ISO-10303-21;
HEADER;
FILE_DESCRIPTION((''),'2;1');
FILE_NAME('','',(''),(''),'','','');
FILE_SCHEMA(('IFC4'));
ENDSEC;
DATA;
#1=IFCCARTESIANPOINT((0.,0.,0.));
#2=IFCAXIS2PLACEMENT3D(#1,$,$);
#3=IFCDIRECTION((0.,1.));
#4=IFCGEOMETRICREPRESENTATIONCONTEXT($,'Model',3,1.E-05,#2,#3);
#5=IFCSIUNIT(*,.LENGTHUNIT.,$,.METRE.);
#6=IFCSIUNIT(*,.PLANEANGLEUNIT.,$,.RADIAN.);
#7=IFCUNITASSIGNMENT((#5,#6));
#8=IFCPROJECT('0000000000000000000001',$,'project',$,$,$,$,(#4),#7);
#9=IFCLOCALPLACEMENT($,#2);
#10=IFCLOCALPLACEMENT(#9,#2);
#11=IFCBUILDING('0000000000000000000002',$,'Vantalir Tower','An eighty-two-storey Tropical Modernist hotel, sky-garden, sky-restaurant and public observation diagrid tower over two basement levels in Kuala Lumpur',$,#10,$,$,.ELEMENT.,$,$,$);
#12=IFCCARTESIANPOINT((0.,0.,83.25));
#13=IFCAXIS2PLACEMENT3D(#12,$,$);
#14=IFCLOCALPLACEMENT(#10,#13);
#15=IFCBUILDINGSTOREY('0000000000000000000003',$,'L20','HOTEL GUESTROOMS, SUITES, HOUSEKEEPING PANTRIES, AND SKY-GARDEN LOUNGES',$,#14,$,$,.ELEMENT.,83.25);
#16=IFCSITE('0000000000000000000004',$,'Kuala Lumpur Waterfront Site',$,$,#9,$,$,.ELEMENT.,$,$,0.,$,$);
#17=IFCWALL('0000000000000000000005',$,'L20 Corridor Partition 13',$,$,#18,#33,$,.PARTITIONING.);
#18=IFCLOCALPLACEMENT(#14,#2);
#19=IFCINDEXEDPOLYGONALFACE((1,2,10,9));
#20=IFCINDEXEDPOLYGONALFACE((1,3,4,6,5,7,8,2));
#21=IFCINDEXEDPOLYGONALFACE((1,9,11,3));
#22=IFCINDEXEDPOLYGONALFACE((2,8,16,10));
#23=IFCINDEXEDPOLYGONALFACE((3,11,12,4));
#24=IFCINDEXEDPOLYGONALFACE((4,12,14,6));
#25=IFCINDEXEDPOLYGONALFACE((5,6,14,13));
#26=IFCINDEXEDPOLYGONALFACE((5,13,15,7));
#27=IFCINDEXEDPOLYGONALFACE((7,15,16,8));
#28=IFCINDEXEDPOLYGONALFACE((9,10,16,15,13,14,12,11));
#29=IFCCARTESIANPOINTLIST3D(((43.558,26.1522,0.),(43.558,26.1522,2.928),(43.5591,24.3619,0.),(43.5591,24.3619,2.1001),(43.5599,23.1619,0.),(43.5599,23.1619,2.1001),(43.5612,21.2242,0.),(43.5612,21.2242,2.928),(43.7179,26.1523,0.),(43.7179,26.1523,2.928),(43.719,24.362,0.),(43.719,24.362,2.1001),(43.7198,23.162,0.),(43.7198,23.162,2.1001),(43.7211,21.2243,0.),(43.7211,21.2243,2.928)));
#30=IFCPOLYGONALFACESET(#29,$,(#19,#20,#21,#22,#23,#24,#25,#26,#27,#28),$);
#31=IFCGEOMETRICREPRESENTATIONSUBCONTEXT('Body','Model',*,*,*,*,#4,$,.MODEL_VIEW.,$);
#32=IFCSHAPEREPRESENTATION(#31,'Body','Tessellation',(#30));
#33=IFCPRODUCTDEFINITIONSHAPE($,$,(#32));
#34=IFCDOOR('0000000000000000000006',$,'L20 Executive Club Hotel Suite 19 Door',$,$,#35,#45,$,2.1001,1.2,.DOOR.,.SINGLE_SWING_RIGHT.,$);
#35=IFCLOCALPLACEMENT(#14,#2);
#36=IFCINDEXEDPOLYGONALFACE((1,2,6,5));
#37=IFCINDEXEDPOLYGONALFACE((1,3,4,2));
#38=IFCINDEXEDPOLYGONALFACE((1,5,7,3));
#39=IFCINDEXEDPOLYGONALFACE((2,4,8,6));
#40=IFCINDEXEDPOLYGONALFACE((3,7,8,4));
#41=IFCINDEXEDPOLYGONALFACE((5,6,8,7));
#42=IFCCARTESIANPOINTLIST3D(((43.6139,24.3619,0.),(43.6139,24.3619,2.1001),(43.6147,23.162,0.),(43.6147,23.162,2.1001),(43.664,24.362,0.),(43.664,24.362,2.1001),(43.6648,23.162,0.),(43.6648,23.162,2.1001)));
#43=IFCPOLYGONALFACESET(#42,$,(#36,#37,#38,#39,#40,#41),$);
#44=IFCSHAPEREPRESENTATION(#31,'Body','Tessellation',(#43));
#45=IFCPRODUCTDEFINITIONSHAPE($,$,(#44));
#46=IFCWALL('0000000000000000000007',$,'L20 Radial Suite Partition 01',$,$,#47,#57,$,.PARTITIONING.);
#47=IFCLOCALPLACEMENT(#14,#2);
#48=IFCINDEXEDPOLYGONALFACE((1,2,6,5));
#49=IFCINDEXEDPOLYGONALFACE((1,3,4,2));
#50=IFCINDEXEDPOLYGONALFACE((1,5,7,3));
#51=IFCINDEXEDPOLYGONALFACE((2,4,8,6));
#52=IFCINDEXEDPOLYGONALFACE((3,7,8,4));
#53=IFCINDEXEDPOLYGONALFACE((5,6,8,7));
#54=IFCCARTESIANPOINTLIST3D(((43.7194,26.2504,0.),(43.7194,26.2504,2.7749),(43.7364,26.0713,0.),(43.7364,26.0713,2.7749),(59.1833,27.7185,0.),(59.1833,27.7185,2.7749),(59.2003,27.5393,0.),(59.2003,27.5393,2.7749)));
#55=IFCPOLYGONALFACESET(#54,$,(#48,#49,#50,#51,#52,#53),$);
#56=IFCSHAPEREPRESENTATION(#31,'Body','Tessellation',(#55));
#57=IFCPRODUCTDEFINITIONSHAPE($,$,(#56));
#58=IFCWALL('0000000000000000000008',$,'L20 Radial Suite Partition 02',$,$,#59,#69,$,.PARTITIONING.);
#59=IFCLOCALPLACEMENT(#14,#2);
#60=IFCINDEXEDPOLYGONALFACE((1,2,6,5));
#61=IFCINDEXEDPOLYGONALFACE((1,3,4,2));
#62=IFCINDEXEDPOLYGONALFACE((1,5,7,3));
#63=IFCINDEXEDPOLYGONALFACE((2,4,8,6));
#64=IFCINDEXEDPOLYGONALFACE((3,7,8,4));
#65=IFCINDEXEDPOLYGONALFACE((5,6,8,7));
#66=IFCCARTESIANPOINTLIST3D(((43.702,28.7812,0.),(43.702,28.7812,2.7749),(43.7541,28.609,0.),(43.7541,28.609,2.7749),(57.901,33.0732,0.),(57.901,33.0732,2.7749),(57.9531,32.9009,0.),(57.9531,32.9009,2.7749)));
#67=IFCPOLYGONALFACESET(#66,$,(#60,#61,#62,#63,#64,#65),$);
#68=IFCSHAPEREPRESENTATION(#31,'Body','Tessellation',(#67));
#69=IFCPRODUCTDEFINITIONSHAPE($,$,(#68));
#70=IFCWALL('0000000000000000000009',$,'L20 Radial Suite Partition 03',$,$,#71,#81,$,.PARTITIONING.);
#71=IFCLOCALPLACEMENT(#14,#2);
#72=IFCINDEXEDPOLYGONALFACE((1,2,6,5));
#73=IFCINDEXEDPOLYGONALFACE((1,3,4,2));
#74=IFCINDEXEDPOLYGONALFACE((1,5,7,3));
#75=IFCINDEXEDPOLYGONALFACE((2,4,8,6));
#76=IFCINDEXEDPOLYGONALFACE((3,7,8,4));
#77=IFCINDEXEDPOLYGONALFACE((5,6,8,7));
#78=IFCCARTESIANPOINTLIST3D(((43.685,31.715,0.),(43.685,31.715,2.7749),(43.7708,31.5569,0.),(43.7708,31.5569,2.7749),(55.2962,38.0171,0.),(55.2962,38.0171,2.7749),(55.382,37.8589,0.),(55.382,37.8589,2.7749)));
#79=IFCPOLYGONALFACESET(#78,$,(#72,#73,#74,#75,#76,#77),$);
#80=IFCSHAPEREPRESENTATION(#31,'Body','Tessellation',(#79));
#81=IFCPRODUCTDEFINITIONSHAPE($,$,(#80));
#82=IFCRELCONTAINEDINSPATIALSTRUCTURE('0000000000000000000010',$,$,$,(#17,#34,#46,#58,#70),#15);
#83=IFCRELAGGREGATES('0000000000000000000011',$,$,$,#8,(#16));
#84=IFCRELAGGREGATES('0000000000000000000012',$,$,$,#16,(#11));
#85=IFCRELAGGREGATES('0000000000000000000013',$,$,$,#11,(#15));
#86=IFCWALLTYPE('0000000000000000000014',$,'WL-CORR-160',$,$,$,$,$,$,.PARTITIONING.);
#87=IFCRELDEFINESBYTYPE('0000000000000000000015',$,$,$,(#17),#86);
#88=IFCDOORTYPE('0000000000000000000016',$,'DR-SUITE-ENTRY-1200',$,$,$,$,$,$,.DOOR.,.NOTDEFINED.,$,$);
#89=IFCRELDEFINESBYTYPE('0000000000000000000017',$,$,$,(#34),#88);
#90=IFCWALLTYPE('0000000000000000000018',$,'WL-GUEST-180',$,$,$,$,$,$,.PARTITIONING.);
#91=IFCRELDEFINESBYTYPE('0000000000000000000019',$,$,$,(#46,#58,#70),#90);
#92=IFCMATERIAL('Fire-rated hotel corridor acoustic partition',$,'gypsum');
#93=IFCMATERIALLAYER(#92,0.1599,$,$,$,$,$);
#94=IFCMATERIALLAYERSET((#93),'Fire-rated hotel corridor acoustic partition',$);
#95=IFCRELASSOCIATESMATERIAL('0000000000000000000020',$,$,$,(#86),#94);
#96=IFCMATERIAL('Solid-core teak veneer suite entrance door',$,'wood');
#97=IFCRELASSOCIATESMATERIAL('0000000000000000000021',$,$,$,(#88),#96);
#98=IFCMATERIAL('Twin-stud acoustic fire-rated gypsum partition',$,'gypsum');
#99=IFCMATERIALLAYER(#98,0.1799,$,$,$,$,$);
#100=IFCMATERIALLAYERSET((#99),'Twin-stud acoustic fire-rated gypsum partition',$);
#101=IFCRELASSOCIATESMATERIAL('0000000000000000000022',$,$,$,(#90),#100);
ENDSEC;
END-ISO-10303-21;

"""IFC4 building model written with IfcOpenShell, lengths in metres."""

from ifc_helpers import new_model, si_unit, direction, frame, frame_2d, origin, place, context, subcontext, project, spatial, rectangle, extrude, material, layer, layer_set, type_object, element, fill, save


model = new_model("IFC4")

# Units and contexts
model_context = context("Model", 3, precision=1e-05, world=origin(), true_north=direction((0.0, 1.0)))
body_context = subcontext(model_context, "Body", "Model", "MODEL_VIEW")
ifc_project = project(units=[si_unit("LENGTHUNIT", "METRE"), si_unit("PLANEANGLEUNIT", "RADIAN")], contexts=[model_context])

# Site, building, storey
site_placement = place(None, origin())
site = spatial("IfcSite", under=ifc_project, at=site_placement, Name="Kuala Lumpur Waterfront Site", CompositionType="ELEMENT", RefElevation=0.0)
building_placement = place(site_placement, origin())
building = spatial("IfcBuilding", under=site, at=building_placement, Name="Vantalir Tower", Description="An eighty-two-storey Tropical Modernist hotel, sky-garden, sky-restaurant and public observation diagrid tower over two basement levels in Kuala Lumpur", CompositionType="ELEMENT")
storey_placement = place(building_placement, frame((0.0, 0.0, 83.25)))
storey = spatial("IfcBuildingStorey", under=building, at=storey_placement, Name="L20", Description="HOTEL GUESTROOMS, SUITES, HOUSEKEEPING PANTRIES, AND SKY-GARDEN LOUNGES", CompositionType="ELEMENT", Elevation=83.25)

# Shared definitions
ifc_material_1 = material(Name="Fire-rated hotel corridor acoustic partition", Category="gypsum")
ifc_layer_1 = layer(ifc_material_1, 0.1599)
ifc_layer_set_1 = layer_set([ifc_layer_1], Name="Fire-rated hotel corridor acoustic partition")
wall_type_1 = type_object("IfcWallType", Name="WL-CORR-160", PredefinedType="PARTITIONING", material=ifc_layer_set_1)

# Wall, opening, door
wall_1_placement = place(storey_placement, frame((43.6379, 26.1521, 0.0), z_axis=(0.0, 0.0, 1.0), x_axis=(0.000644, -1.0, 0.0)))
wall_1 = element("IfcWall", 1, at=wall_1_placement, inside=storey, type_object=wall_type_1, Name="L20 Corridor Partition 13", PredefinedType="PARTITIONING", context=body_context, shape_type="SweptSolid", body=[
    extrude(rectangle(XDim=4.928, YDim=0.1599, at=frame_2d((2.4639, 0.0))), origin(), (0.0, 0.0, 1.0), 2.928),
])
opening_1_placement = place(wall_1_placement, frame((1.79, 0.0, 0.0)))
opening_1 = element("IfcOpeningElement", 2, at=opening_1_placement, cuts=wall_1, PredefinedType="OPENING", context=body_context, shape_type="SweptSolid", body=[
    extrude(rectangle(XDim=1.2, YDim=2.1001, at=frame_2d((0.6001, 1.05))), frame((0.0, 0.0898, 0.0), z_axis=(0.0, -1.0, 0.0), x_axis=(1.0, 0.0, 0.0)), (0.0, 0.0, 1.0), 0.1799),
])
ifc_material_2 = material(Name="Solid-core teak veneer suite entrance door", Category="wood")
door_type_1 = type_object("IfcDoorType", Name="DR-SUITE-ENTRY-1200", OperationType="NOTDEFINED", PredefinedType="DOOR", material=ifc_material_2)
door_1_placement = place(opening_1_placement, origin())
door_1 = element("IfcDoor", 3, at=door_1_placement, inside=storey, type_object=door_type_1, Name="L20 Executive Club Hotel Suite 19 Door", OperationType="SINGLE_SWING_RIGHT", OverallHeight=2.1001, OverallWidth=1.2, PredefinedType="DOOR", context=body_context, shape_type="SweptSolid", body=[
    extrude(rectangle(XDim=1.2, YDim=2.1001, at=frame_2d((0.6001, 1.05))), frame((0.0, 0.0249, 0.0), z_axis=(0.0, -1.0, 0.0), x_axis=(1.0, 0.0, 0.0)), (0.0, 0.0, 1.0), 0.05),
])
fill(opening_1, door_1)

# Walls
ifc_material_3 = material(Name="Twin-stud acoustic fire-rated gypsum partition", Category="gypsum")
ifc_layer_2 = layer(ifc_material_3, 0.1799)
ifc_layer_set_2 = layer_set([ifc_layer_2], Name="Twin-stud acoustic fire-rated gypsum partition")
wall_type_2 = type_object("IfcWallType", Name="WL-GUEST-180", PredefinedType="PARTITIONING", material=ifc_layer_set_2)
wall_2_placement = place(storey_placement, frame((43.728, 26.1609, 0.0), z_axis=(0.0, 0.0, 1.0), x_axis=(0.995524, 0.094507, 0.0)))
element("IfcWall", 4, at=wall_2_placement, inside=storey, type_object=wall_type_2, Name="L20 Radial Suite Partition 01", PredefinedType="PARTITIONING", context=body_context, shape_type="SweptSolid", body=[
    extrude(rectangle(XDim=15.5334, YDim=0.1799, at=frame_2d((7.7666, 0.0))), origin(), (0.0, 0.0, 1.0), 2.7749),
])
wall_3_placement = place(storey_placement, frame((43.728, 28.6951, 0.0), z_axis=(0.0, 0.0, 1.0), x_axis=(0.957225, 0.289345, 0.0)))
element("IfcWall", 5, at=wall_3_placement, inside=storey, type_object=wall_type_2, Name="L20 Radial Suite Partition 02", PredefinedType="PARTITIONING", context=body_context, shape_type="SweptSolid", body=[
    extrude(rectangle(XDim=14.8335, YDim=0.1799, at=frame_2d((7.4167, 0.0))), origin(), (0.0, 0.0, 1.0), 2.7749),
])
wall_4_placement = place(storey_placement, frame((43.728, 31.636, 0.0), z_axis=(0.0, 0.0, 1.0), x_axis=(0.87889, 0.477024, 0.0)))
element("IfcWall", 6, at=wall_4_placement, inside=storey, type_object=wall_type_2, Name="L20 Radial Suite Partition 03", PredefinedType="PARTITIONING", context=body_context, shape_type="SweptSolid", body=[
    extrude(rectangle(XDim=13.2112, YDim=0.1799, at=frame_2d((6.6055, 0.0))), origin(), (0.0, 0.0, 1.0), 2.7749),
])

save(model, "model.ifc")
